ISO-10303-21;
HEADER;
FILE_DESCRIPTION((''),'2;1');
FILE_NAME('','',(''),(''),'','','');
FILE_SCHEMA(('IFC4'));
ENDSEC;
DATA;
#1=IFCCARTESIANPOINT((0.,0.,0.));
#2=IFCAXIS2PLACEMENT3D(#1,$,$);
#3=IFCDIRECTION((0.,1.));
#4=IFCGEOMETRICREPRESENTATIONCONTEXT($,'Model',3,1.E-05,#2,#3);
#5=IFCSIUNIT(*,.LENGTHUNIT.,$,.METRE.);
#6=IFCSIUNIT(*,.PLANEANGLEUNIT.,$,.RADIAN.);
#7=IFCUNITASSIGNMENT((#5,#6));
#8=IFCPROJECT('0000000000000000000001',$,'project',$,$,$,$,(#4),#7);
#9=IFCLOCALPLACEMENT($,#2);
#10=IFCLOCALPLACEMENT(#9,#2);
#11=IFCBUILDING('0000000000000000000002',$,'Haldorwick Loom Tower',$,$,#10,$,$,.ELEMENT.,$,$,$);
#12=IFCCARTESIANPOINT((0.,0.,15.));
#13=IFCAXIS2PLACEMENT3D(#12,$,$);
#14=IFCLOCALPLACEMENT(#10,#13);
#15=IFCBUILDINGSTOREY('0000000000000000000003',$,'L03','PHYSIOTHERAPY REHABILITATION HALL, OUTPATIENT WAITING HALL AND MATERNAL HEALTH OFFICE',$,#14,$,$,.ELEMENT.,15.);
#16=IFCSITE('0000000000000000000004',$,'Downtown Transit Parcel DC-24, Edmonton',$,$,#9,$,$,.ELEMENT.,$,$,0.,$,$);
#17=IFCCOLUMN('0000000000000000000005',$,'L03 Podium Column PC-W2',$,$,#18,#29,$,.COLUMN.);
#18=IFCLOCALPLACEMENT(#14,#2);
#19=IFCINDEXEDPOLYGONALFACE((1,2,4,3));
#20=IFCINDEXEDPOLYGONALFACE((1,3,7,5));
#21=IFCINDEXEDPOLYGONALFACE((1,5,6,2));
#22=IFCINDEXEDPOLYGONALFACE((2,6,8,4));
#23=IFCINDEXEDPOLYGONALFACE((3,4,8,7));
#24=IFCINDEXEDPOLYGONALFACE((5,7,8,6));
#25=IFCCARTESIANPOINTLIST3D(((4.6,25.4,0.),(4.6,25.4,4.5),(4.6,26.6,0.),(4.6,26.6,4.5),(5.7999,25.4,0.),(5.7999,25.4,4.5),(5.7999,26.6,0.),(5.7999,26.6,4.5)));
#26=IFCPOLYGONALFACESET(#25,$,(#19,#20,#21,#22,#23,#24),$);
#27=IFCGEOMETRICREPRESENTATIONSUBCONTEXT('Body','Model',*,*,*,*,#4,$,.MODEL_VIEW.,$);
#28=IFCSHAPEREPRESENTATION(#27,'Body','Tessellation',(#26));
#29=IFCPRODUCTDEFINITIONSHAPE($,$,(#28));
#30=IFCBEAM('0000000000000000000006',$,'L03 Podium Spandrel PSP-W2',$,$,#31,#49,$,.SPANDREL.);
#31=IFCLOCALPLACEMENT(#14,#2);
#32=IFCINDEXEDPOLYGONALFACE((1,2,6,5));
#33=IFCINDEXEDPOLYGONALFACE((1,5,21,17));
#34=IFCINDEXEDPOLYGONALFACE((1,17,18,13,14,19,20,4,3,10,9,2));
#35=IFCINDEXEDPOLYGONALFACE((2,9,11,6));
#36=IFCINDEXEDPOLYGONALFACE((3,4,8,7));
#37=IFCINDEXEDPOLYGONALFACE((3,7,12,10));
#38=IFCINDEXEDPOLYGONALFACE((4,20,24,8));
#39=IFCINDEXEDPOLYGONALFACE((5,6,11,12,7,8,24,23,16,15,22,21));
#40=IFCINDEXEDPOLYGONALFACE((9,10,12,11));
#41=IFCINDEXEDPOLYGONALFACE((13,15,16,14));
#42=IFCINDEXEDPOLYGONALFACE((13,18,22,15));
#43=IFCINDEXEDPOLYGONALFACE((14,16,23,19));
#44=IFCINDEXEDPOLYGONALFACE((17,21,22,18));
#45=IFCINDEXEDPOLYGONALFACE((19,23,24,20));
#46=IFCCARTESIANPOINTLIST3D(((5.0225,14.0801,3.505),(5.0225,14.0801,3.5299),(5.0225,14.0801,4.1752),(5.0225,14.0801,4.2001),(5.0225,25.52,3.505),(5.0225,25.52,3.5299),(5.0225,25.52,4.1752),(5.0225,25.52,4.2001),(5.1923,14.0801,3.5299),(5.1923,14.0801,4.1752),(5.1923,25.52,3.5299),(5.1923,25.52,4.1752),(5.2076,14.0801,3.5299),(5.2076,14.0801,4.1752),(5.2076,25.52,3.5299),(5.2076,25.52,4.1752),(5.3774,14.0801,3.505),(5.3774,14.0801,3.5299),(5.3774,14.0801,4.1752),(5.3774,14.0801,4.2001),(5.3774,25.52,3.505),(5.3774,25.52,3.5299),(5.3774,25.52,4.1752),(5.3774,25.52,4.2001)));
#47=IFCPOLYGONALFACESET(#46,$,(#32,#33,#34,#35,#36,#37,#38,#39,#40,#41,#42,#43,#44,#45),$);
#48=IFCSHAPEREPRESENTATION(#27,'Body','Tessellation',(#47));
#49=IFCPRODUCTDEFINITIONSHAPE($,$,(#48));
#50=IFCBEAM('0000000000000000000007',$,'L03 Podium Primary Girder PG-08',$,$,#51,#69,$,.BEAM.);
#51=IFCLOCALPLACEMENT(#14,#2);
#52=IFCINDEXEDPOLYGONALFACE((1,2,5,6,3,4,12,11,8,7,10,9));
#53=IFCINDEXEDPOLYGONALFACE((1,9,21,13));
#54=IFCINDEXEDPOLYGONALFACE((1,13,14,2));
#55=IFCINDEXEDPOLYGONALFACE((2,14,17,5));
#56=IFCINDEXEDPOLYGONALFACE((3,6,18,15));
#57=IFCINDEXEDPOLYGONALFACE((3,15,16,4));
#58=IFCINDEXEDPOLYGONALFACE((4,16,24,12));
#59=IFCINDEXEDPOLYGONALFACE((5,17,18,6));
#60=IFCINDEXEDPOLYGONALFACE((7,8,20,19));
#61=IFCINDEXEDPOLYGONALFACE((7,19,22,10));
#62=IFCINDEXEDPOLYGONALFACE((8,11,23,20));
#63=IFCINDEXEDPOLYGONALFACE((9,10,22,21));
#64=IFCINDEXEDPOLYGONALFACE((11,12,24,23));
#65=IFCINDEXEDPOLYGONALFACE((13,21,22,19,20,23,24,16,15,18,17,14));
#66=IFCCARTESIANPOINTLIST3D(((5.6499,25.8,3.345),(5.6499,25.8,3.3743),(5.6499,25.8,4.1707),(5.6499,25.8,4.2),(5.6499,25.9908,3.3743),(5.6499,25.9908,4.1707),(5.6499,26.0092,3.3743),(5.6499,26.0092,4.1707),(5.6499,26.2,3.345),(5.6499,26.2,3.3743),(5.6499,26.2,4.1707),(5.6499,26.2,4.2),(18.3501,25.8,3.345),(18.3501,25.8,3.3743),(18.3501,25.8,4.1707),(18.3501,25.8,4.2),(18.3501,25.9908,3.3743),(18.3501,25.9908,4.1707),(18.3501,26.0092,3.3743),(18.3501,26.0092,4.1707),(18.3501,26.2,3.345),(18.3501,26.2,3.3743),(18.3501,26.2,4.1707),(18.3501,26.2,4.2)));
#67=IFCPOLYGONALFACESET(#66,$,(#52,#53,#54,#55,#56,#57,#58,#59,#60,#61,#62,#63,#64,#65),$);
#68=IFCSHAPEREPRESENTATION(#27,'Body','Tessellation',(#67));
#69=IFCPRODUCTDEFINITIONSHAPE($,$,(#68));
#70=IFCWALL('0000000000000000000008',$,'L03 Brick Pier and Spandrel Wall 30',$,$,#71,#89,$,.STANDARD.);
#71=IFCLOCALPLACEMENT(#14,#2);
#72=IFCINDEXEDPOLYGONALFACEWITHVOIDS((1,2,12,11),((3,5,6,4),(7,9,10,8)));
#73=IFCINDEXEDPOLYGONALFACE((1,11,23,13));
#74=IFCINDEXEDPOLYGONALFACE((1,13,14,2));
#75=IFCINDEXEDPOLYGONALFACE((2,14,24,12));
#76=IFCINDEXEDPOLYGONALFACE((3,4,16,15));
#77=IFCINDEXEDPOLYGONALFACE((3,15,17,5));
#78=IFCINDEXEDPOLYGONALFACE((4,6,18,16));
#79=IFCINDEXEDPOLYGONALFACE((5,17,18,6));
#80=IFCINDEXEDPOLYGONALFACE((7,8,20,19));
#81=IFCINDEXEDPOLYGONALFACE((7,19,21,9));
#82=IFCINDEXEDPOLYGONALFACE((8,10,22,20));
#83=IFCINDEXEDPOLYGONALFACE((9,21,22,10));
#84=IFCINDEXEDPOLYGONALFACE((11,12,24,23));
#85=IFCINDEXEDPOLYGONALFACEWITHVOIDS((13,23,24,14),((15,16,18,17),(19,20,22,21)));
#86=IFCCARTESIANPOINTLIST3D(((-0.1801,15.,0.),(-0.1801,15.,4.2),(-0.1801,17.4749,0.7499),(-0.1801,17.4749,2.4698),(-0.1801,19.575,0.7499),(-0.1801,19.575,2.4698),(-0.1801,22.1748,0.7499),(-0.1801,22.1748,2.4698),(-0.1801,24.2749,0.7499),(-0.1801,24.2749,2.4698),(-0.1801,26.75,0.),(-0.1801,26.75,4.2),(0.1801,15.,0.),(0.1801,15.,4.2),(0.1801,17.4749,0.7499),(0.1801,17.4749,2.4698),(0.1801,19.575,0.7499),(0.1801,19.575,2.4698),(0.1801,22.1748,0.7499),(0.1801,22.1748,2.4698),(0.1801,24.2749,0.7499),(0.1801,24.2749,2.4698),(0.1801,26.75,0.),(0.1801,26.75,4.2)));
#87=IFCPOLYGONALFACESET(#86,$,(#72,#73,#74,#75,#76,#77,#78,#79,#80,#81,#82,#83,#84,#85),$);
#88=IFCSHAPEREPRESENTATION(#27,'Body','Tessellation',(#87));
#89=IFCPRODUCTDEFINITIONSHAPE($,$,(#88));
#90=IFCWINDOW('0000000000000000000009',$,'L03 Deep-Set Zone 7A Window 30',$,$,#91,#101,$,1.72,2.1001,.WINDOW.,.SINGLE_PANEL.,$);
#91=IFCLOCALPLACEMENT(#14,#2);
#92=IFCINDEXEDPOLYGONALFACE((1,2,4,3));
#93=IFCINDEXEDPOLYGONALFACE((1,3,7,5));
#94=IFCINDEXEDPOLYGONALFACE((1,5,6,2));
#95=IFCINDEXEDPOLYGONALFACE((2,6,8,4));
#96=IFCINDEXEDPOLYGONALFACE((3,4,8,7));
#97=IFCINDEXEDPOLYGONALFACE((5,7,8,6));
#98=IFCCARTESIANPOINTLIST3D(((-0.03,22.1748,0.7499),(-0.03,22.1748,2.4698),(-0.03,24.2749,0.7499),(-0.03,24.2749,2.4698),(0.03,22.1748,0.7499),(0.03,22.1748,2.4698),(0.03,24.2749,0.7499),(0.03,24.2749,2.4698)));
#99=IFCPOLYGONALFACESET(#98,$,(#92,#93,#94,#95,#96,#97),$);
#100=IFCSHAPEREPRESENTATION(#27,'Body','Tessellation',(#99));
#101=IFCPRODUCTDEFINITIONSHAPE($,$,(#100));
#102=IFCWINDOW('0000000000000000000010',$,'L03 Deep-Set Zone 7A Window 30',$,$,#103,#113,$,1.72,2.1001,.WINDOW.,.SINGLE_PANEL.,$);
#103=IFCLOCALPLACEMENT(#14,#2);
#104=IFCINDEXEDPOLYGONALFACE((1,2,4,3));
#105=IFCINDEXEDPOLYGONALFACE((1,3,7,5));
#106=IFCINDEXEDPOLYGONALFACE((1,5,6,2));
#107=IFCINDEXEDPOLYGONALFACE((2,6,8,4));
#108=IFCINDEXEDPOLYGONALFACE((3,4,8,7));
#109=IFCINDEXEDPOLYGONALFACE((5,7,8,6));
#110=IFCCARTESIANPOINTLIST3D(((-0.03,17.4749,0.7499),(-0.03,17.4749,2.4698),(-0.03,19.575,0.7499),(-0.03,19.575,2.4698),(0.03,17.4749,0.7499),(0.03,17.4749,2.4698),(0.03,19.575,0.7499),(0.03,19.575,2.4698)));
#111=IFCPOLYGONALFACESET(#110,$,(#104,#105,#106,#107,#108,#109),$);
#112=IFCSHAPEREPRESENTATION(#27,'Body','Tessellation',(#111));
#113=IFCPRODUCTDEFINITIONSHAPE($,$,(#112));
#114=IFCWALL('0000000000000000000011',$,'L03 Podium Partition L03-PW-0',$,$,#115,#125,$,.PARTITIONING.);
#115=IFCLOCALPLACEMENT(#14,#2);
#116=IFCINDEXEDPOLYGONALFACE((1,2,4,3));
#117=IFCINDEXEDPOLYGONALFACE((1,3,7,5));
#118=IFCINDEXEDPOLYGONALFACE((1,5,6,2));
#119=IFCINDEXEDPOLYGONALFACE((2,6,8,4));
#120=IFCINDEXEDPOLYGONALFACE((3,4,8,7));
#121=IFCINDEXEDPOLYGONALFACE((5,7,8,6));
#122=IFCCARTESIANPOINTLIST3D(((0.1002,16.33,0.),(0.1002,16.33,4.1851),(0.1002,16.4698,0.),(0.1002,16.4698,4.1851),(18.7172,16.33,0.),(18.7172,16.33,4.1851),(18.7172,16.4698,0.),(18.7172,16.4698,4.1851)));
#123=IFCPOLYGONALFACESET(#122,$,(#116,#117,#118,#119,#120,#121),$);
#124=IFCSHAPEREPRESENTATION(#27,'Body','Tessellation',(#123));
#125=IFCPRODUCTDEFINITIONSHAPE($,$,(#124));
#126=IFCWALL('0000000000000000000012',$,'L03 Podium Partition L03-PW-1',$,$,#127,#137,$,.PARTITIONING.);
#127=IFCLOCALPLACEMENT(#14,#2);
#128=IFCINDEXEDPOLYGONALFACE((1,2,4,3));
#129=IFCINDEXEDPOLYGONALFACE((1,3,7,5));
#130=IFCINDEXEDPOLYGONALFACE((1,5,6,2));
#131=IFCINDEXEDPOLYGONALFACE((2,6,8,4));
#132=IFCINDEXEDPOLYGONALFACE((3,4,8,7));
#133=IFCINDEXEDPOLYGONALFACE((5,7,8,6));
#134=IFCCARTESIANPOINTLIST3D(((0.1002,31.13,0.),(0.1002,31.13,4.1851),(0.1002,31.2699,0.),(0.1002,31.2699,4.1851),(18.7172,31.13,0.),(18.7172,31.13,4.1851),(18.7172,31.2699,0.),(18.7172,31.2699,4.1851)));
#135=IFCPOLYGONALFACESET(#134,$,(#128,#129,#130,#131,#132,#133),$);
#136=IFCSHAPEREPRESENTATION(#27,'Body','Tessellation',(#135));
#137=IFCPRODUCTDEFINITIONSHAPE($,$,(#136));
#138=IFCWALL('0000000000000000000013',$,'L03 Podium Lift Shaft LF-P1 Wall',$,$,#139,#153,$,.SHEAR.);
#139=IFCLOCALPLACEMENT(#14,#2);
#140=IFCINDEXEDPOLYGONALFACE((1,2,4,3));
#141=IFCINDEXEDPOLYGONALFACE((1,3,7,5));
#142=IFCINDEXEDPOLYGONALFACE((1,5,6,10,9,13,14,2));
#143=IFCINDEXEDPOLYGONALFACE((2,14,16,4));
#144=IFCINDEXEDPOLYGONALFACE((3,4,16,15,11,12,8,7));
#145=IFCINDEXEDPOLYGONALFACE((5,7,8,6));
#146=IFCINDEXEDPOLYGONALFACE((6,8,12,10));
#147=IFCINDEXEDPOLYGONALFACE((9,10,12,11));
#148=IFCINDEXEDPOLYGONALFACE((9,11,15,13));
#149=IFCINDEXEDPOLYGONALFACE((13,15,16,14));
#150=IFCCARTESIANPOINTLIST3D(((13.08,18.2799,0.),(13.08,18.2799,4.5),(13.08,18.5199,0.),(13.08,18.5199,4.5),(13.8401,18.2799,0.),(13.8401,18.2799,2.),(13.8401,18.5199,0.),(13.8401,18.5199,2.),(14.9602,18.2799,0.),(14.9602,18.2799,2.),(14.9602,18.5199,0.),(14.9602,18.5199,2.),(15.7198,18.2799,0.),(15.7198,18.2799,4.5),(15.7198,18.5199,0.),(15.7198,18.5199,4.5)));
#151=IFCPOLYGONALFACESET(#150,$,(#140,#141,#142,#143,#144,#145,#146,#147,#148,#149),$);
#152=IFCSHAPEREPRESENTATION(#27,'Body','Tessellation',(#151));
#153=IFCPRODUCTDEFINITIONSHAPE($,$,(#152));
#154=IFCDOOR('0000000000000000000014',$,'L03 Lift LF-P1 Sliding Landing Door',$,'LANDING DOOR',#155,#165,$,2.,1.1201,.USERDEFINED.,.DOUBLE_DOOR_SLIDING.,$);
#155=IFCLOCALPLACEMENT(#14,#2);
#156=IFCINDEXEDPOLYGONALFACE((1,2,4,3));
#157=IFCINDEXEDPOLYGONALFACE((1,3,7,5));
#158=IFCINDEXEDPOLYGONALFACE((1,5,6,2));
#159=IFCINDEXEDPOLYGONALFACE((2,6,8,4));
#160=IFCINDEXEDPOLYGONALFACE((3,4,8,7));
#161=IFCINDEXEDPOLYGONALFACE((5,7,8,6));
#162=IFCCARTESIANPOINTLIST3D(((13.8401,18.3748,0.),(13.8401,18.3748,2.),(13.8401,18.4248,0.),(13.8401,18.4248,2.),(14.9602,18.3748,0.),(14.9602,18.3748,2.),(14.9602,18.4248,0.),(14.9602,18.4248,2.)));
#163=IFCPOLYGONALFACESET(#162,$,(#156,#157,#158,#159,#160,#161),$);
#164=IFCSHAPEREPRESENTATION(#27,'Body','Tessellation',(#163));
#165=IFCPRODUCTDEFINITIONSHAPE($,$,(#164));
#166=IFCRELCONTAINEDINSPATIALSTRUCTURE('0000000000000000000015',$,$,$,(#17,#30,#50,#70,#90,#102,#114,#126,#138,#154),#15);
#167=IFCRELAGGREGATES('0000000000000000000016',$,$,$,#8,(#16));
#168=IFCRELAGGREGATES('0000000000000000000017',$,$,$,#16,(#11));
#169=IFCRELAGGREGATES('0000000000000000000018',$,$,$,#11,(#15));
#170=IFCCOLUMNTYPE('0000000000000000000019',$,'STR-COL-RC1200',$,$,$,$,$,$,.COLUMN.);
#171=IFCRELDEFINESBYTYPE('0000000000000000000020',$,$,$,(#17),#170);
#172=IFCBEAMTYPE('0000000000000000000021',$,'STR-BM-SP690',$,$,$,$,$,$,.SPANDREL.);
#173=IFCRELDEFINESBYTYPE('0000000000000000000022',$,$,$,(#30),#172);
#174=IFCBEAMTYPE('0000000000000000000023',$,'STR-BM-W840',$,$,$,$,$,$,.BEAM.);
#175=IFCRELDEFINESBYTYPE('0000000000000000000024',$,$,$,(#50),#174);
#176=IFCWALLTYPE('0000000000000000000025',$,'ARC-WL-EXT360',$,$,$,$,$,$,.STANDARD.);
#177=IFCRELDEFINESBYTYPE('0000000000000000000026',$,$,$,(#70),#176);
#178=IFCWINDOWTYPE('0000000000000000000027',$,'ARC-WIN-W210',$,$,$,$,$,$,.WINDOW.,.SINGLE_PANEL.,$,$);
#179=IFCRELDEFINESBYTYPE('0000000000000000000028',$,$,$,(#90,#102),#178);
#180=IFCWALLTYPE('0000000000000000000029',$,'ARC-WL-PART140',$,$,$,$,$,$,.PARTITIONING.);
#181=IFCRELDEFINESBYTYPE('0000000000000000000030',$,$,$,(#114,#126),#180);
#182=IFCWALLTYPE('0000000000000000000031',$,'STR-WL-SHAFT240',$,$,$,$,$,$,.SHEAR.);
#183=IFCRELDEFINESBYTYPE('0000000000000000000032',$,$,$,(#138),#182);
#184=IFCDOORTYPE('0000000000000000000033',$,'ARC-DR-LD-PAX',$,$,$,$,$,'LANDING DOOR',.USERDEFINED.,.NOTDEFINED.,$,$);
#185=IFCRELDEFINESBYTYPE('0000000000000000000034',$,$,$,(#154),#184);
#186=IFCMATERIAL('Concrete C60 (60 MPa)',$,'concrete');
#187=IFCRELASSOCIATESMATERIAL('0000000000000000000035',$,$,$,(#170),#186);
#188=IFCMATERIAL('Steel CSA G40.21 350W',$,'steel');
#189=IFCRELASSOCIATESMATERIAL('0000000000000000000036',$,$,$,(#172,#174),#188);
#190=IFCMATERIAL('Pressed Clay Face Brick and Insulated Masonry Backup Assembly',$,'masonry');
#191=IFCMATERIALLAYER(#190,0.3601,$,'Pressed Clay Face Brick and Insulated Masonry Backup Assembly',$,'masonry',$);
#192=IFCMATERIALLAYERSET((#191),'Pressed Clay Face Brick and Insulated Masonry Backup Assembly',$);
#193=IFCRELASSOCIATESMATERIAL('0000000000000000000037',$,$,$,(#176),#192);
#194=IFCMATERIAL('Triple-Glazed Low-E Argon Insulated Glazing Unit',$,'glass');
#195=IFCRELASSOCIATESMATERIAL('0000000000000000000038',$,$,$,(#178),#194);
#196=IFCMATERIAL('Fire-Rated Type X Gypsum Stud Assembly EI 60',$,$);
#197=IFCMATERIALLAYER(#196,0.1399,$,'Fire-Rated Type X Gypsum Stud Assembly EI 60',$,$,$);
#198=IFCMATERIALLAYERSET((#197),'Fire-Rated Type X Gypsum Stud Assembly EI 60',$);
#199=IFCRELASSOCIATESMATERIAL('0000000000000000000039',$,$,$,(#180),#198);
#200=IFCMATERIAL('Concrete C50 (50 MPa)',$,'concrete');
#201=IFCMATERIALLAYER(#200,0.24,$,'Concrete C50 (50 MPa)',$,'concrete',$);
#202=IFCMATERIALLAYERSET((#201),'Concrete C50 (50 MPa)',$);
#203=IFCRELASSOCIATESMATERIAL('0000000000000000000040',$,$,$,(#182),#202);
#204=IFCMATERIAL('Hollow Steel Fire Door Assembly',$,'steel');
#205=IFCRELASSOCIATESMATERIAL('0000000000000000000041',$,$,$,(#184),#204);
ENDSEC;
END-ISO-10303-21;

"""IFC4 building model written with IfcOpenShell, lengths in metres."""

from ifc_helpers import new_model, si_unit, direction, frame, frame_2d, origin, origin_2d, place, context, subcontext, project, spatial, rectangle, i_section, extrude, material, layer, layer_set, material_profile, profile_set, type_object, element, fill, save


model = new_model("IFC4")

# Units and contexts
model_context = context("Model", 3, precision=1e-05, world=origin(), true_north=direction((0.0, 1.0)))
body_context = subcontext(model_context, "Body", "Model", "MODEL_VIEW")
ifc_project = project(units=[si_unit("LENGTHUNIT", "METRE"), si_unit("PLANEANGLEUNIT", "RADIAN")], contexts=[model_context])

# Site, building, storey
site_placement = place(None, origin())
site = spatial("IfcSite", under=ifc_project, at=site_placement, Name="Downtown Transit Parcel DC-24, Edmonton", CompositionType="ELEMENT", RefElevation=0.0)
building_placement = place(site_placement, origin())
building = spatial("IfcBuilding", under=site, at=building_placement, Name="Haldorwick Loom Tower", CompositionType="ELEMENT")
storey_placement = place(building_placement, frame((0.0, 0.0, 15.0)))
storey = spatial("IfcBuildingStorey", under=building, at=storey_placement, Name="L03", Description="PHYSIOTHERAPY REHABILITATION HALL, OUTPATIENT WAITING HALL AND MATERNAL HEALTH OFFICE", CompositionType="ELEMENT", Elevation=15.0)

# Column
ifc_material_1 = material(Name="Concrete C60 (60 MPa)", Category="concrete")
ifc_material_profile_1 = material_profile(ifc_material_1, rectangle(XDim=1.2, YDim=1.2, at=origin_2d()), Name="RC1200X1200", Category="concrete")
ifc_profile_set_1 = profile_set([ifc_material_profile_1], Name="Concrete C60 (60 MPa)")
column_type = type_object("IfcColumnType", Name="STR-COL-RC1200", PredefinedType="COLUMN", material=ifc_profile_set_1)
column_placement = place(storey_placement, frame((5.2, 26.0, 0.0), z_axis=(0.0, 0.0, 1.0), x_axis=(1.0, 0.0, 0.0)))
element("IfcColumn", 1, at=column_placement, inside=storey, type_object=column_type, Name="L03 Podium Column PC-W2", PredefinedType="COLUMN", context=body_context, shape_type="SweptSolid", body=[
    extrude(rectangle(XDim=1.2, YDim=1.2, at=origin_2d()), origin(), (0.0, 0.0, 1.0), 4.5),
])

# Beams
ifc_material_2 = material(Name="Steel CSA G40.21 350W", Category="steel")
ifc_material_profile_2 = material_profile(ifc_material_2, i_section(OverallWidth=0.355, OverallDepth=0.6951, WebThickness=0.0154, FlangeThickness=0.0249, at=origin_2d()), Name="W690X217", Category="steel")
ifc_profile_set_2 = profile_set([ifc_material_profile_2], Name="Steel CSA G40.21 350W")
beam_type_1 = type_object("IfcBeamType", Name="STR-BM-SP690", PredefinedType="SPANDREL", material=ifc_profile_set_2)
beam_1_placement = place(storey_placement, frame((5.2, 25.52, 3.8525), z_axis=(0.0, -1.0, 0.0), x_axis=(1.0, 0.0, 0.0)))
element("IfcBeam", 2, at=beam_1_placement, inside=storey, type_object=beam_type_1, Name="L03 Podium Spandrel PSP-W2", PredefinedType="SPANDREL", context=body_context, shape_type="SweptSolid", body=[
    extrude(i_section(OverallWidth=0.355, OverallDepth=0.6951, WebThickness=0.0154, FlangeThickness=0.0249, at=origin_2d()), origin(), (0.0, 0.0, 1.0), 11.4399),
])
ifc_material_profile_3 = material_profile(ifc_material_2, i_section(OverallWidth=0.3999, OverallDepth=0.855, WebThickness=0.0183, FlangeThickness=0.0293, at=origin_2d()), Name="W840X299", Category="steel")
ifc_profile_set_3 = profile_set([ifc_material_profile_3], Name="Steel CSA G40.21 350W")
beam_type_2 = type_object("IfcBeamType", Name="STR-BM-W840", PredefinedType="BEAM", material=ifc_profile_set_3)
beam_2_placement = place(storey_placement, frame((5.6499, 26.0, 3.7725), z_axis=(1.0, 0.0, 0.0), x_axis=(0.0, 1.0, 0.0)))
element("IfcBeam", 3, at=beam_2_placement, inside=storey, type_object=beam_type_2, Name="L03 Podium Primary Girder PG-08", PredefinedType="BEAM", context=body_context, shape_type="SweptSolid", body=[
    extrude(i_section(OverallWidth=0.3999, OverallDepth=0.855, WebThickness=0.0183, FlangeThickness=0.0293, at=origin_2d()), origin(), (0.0, 0.0, 1.0), 12.7002),
])

# Wall, openings, windows
ifc_material_3 = material(Name="Pressed Clay Face Brick and Insulated Masonry Backup Assembly", Category="masonry")
ifc_layer_1 = layer(ifc_material_3, 0.3601, Name="Pressed Clay Face Brick and Insulated Masonry Backup Assembly", Category="masonry")
ifc_layer_set_1 = layer_set([ifc_layer_1], Name="Pressed Clay Face Brick and Insulated Masonry Backup Assembly")
wall_type_1 = type_object("IfcWallType", Name="ARC-WL-EXT360", PredefinedType="STANDARD", material=ifc_layer_set_1)
wall_1_placement = place(storey_placement, frame((0.0, 26.75, 0.0), z_axis=(0.0, 0.0, 1.0), x_axis=(0.0, -1.0, 0.0)))
wall_1 = element("IfcWall", 4, at=wall_1_placement, inside=storey, type_object=wall_type_1, Name="L03 Brick Pier and Spandrel Wall 30", PredefinedType="STANDARD", context=body_context, shape_type="SweptSolid", body=[
    extrude(rectangle(XDim=11.75, YDim=0.3601, at=frame_2d((5.875, 0.0))), origin(), (0.0, 0.0, 1.0), 4.2),
])
opening_1_placement = place(wall_1_placement, frame((2.4751, 0.0, 0.75)))
opening_1 = element("IfcOpeningElement", 5, at=opening_1_placement, cuts=wall_1, PredefinedType="OPENING", context=body_context, shape_type="SweptSolid", body=[
    extrude(rectangle(XDim=2.1001, YDim=1.72, at=frame_2d((1.05, 0.8599))), frame((0.0, 0.1899, 0.0), z_axis=(0.0, -1.0, 0.0), x_axis=(1.0, 0.0, 0.0)), (0.0, 0.0, 1.0), 0.3801),
])
opening_2_placement = place(wall_1_placement, frame((7.175, 0.0, 0.75)))
opening_2 = element("IfcOpeningElement", 6, at=opening_2_placement, cuts=wall_1, PredefinedType="OPENING", context=body_context, shape_type="SweptSolid", body=[
    extrude(rectangle(XDim=2.1001, YDim=1.72, at=frame_2d((1.05, 0.8599))), frame((0.0, 0.1899, 0.0), z_axis=(0.0, -1.0, 0.0), x_axis=(1.0, 0.0, 0.0)), (0.0, 0.0, 1.0), 0.3801),
])
ifc_material_4 = material(Name="Triple-Glazed Low-E Argon Insulated Glazing Unit", Category="glass")
window_type = type_object("IfcWindowType", Name="ARC-WIN-W210", PartitioningType="SINGLE_PANEL", PredefinedType="WINDOW", material=ifc_material_4)
window_1_placement = place(opening_1_placement, origin())
window_1 = element("IfcWindow", 7, at=window_1_placement, inside=storey, type_object=window_type, Name="L03 Deep-Set Zone 7A Window 30", OverallHeight=1.72, OverallWidth=2.1001, PartitioningType="SINGLE_PANEL", PredefinedType="WINDOW", context=body_context, shape_type="SweptSolid", body=[
    extrude(rectangle(XDim=2.1001, YDim=1.72, at=frame_2d((1.05, 0.8599))), frame((0.0, 0.03, 0.0), z_axis=(0.0, -1.0, 0.0), x_axis=(1.0, 0.0, 0.0)), (0.0, 0.0, 1.0), 0.0601),
])
fill(opening_1, window_1)
window_2_placement = place(opening_2_placement, origin())
window_2 = element("IfcWindow", 8, at=window_2_placement, inside=storey, type_object=window_type, Name="L03 Deep-Set Zone 7A Window 30", OverallHeight=1.72, OverallWidth=2.1001, PartitioningType="SINGLE_PANEL", PredefinedType="WINDOW", context=body_context, shape_type="SweptSolid", body=[
    extrude(rectangle(XDim=2.1001, YDim=1.72, at=frame_2d((1.05, 0.8599))), frame((0.0, 0.03, 0.0), z_axis=(0.0, -1.0, 0.0), x_axis=(1.0, 0.0, 0.0)), (0.0, 0.0, 1.0), 0.0601),
])
fill(opening_2, window_2)

# Walls
ifc_material_5 = material(Name="Fire-Rated Type X Gypsum Stud Assembly EI 60")
ifc_layer_2 = layer(ifc_material_5, 0.1399, Name="Fire-Rated Type X Gypsum Stud Assembly EI 60")
ifc_layer_set_2 = layer_set([ifc_layer_2], Name="Fire-Rated Type X Gypsum Stud Assembly EI 60")
wall_type_2 = type_object("IfcWallType", Name="ARC-WL-PART140", PredefinedType="PARTITIONING", material=ifc_layer_set_2)
for number, where, z_axis, x_axis, name in (
    (9, (0.1001, 16.3999, 0.0), (0.0, 0.0, 1.0), (1.0, 0.0, 0.0), "L03 Podium Partition L03-PW-0"),
    (10, (0.1001, 31.2, 0.0), (0.0, 0.0, 1.0), (1.0, 0.0, 0.0), "L03 Podium Partition L03-PW-1"),
):
    element("IfcWall", number, at=place(storey_placement, frame(where, z_axis=z_axis, x_axis=x_axis)), inside=storey, type_object=wall_type_2, Name=name, PredefinedType="PARTITIONING", context=body_context, shape_type="SweptSolid", body=[
        extrude(rectangle(XDim=18.6169, YDim=0.1399, at=frame_2d((9.3086, 0.0))), origin(), (0.0, 0.0, 1.0), 4.1851),
    ])

# Wall, opening, door
ifc_material_6 = material(Name="Concrete C50 (50 MPa)", Category="concrete")
ifc_layer_3 = layer(ifc_material_6, 0.24, Name="Concrete C50 (50 MPa)", Category="concrete")
ifc_layer_set_3 = layer_set([ifc_layer_3], Name="Concrete C50 (50 MPa)")
wall_type_3 = type_object("IfcWallType", Name="STR-WL-SHAFT240", PredefinedType="SHEAR", material=ifc_layer_set_3)
wall_2_placement = place(storey_placement, frame((13.0801, 18.3999, 0.0), z_axis=(0.0, 0.0, 1.0), x_axis=(1.0, 0.0, 0.0)))
wall_2 = element("IfcWall", 11, at=wall_2_placement, inside=storey, type_object=wall_type_3, Name="L03 Podium Lift Shaft LF-P1 Wall", PredefinedType="SHEAR", context=body_context, shape_type="SweptSolid", body=[
    extrude(rectangle(XDim=2.6399, YDim=0.24, at=frame_2d((1.3198, 0.0))), origin(), (0.0, 0.0, 1.0), 4.5),
])
opening_3_placement = place(wall_2_placement, frame((0.76, 0.0, 0.0)))
opening_3 = element("IfcOpeningElement", 12, at=opening_3_placement, cuts=wall_2, PredefinedType="OPENING", context=body_context, shape_type="SweptSolid", body=[
    extrude(rectangle(XDim=1.1201, YDim=2.0, at=frame_2d((0.5601, 1.0))), frame((0.0, 0.1299, 0.0), z_axis=(0.0, -1.0, 0.0), x_axis=(1.0, 0.0, 0.0)), (0.0, 0.0, 1.0), 0.26),
])
ifc_material_7 = material(Name="Hollow Steel Fire Door Assembly", Category="steel")
door_type = type_object("IfcDoorType", Name="ARC-DR-LD-PAX", ElementType="LANDING DOOR", OperationType="NOTDEFINED", PredefinedType="USERDEFINED", material=ifc_material_7)
door_placement = place(opening_3_placement, origin())
door = element("IfcDoor", 13, at=door_placement, inside=storey, type_object=door_type, Name="L03 Lift LF-P1 Sliding Landing Door", ObjectType="LANDING DOOR", OperationType="DOUBLE_DOOR_SLIDING", OverallHeight=2.0, OverallWidth=1.1201, PredefinedType="USERDEFINED", context=body_context, shape_type="SweptSolid", body=[
    extrude(rectangle(XDim=1.1201, YDim=2.0, at=frame_2d((0.5601, 1.0))), frame((0.0, 0.0249, 0.0), z_axis=(0.0, -1.0, 0.0), x_axis=(1.0, 0.0, 0.0)), (0.0, 0.0, 1.0), 0.05),
])
fill(opening_3, door)

save(model, "model.ifc")
